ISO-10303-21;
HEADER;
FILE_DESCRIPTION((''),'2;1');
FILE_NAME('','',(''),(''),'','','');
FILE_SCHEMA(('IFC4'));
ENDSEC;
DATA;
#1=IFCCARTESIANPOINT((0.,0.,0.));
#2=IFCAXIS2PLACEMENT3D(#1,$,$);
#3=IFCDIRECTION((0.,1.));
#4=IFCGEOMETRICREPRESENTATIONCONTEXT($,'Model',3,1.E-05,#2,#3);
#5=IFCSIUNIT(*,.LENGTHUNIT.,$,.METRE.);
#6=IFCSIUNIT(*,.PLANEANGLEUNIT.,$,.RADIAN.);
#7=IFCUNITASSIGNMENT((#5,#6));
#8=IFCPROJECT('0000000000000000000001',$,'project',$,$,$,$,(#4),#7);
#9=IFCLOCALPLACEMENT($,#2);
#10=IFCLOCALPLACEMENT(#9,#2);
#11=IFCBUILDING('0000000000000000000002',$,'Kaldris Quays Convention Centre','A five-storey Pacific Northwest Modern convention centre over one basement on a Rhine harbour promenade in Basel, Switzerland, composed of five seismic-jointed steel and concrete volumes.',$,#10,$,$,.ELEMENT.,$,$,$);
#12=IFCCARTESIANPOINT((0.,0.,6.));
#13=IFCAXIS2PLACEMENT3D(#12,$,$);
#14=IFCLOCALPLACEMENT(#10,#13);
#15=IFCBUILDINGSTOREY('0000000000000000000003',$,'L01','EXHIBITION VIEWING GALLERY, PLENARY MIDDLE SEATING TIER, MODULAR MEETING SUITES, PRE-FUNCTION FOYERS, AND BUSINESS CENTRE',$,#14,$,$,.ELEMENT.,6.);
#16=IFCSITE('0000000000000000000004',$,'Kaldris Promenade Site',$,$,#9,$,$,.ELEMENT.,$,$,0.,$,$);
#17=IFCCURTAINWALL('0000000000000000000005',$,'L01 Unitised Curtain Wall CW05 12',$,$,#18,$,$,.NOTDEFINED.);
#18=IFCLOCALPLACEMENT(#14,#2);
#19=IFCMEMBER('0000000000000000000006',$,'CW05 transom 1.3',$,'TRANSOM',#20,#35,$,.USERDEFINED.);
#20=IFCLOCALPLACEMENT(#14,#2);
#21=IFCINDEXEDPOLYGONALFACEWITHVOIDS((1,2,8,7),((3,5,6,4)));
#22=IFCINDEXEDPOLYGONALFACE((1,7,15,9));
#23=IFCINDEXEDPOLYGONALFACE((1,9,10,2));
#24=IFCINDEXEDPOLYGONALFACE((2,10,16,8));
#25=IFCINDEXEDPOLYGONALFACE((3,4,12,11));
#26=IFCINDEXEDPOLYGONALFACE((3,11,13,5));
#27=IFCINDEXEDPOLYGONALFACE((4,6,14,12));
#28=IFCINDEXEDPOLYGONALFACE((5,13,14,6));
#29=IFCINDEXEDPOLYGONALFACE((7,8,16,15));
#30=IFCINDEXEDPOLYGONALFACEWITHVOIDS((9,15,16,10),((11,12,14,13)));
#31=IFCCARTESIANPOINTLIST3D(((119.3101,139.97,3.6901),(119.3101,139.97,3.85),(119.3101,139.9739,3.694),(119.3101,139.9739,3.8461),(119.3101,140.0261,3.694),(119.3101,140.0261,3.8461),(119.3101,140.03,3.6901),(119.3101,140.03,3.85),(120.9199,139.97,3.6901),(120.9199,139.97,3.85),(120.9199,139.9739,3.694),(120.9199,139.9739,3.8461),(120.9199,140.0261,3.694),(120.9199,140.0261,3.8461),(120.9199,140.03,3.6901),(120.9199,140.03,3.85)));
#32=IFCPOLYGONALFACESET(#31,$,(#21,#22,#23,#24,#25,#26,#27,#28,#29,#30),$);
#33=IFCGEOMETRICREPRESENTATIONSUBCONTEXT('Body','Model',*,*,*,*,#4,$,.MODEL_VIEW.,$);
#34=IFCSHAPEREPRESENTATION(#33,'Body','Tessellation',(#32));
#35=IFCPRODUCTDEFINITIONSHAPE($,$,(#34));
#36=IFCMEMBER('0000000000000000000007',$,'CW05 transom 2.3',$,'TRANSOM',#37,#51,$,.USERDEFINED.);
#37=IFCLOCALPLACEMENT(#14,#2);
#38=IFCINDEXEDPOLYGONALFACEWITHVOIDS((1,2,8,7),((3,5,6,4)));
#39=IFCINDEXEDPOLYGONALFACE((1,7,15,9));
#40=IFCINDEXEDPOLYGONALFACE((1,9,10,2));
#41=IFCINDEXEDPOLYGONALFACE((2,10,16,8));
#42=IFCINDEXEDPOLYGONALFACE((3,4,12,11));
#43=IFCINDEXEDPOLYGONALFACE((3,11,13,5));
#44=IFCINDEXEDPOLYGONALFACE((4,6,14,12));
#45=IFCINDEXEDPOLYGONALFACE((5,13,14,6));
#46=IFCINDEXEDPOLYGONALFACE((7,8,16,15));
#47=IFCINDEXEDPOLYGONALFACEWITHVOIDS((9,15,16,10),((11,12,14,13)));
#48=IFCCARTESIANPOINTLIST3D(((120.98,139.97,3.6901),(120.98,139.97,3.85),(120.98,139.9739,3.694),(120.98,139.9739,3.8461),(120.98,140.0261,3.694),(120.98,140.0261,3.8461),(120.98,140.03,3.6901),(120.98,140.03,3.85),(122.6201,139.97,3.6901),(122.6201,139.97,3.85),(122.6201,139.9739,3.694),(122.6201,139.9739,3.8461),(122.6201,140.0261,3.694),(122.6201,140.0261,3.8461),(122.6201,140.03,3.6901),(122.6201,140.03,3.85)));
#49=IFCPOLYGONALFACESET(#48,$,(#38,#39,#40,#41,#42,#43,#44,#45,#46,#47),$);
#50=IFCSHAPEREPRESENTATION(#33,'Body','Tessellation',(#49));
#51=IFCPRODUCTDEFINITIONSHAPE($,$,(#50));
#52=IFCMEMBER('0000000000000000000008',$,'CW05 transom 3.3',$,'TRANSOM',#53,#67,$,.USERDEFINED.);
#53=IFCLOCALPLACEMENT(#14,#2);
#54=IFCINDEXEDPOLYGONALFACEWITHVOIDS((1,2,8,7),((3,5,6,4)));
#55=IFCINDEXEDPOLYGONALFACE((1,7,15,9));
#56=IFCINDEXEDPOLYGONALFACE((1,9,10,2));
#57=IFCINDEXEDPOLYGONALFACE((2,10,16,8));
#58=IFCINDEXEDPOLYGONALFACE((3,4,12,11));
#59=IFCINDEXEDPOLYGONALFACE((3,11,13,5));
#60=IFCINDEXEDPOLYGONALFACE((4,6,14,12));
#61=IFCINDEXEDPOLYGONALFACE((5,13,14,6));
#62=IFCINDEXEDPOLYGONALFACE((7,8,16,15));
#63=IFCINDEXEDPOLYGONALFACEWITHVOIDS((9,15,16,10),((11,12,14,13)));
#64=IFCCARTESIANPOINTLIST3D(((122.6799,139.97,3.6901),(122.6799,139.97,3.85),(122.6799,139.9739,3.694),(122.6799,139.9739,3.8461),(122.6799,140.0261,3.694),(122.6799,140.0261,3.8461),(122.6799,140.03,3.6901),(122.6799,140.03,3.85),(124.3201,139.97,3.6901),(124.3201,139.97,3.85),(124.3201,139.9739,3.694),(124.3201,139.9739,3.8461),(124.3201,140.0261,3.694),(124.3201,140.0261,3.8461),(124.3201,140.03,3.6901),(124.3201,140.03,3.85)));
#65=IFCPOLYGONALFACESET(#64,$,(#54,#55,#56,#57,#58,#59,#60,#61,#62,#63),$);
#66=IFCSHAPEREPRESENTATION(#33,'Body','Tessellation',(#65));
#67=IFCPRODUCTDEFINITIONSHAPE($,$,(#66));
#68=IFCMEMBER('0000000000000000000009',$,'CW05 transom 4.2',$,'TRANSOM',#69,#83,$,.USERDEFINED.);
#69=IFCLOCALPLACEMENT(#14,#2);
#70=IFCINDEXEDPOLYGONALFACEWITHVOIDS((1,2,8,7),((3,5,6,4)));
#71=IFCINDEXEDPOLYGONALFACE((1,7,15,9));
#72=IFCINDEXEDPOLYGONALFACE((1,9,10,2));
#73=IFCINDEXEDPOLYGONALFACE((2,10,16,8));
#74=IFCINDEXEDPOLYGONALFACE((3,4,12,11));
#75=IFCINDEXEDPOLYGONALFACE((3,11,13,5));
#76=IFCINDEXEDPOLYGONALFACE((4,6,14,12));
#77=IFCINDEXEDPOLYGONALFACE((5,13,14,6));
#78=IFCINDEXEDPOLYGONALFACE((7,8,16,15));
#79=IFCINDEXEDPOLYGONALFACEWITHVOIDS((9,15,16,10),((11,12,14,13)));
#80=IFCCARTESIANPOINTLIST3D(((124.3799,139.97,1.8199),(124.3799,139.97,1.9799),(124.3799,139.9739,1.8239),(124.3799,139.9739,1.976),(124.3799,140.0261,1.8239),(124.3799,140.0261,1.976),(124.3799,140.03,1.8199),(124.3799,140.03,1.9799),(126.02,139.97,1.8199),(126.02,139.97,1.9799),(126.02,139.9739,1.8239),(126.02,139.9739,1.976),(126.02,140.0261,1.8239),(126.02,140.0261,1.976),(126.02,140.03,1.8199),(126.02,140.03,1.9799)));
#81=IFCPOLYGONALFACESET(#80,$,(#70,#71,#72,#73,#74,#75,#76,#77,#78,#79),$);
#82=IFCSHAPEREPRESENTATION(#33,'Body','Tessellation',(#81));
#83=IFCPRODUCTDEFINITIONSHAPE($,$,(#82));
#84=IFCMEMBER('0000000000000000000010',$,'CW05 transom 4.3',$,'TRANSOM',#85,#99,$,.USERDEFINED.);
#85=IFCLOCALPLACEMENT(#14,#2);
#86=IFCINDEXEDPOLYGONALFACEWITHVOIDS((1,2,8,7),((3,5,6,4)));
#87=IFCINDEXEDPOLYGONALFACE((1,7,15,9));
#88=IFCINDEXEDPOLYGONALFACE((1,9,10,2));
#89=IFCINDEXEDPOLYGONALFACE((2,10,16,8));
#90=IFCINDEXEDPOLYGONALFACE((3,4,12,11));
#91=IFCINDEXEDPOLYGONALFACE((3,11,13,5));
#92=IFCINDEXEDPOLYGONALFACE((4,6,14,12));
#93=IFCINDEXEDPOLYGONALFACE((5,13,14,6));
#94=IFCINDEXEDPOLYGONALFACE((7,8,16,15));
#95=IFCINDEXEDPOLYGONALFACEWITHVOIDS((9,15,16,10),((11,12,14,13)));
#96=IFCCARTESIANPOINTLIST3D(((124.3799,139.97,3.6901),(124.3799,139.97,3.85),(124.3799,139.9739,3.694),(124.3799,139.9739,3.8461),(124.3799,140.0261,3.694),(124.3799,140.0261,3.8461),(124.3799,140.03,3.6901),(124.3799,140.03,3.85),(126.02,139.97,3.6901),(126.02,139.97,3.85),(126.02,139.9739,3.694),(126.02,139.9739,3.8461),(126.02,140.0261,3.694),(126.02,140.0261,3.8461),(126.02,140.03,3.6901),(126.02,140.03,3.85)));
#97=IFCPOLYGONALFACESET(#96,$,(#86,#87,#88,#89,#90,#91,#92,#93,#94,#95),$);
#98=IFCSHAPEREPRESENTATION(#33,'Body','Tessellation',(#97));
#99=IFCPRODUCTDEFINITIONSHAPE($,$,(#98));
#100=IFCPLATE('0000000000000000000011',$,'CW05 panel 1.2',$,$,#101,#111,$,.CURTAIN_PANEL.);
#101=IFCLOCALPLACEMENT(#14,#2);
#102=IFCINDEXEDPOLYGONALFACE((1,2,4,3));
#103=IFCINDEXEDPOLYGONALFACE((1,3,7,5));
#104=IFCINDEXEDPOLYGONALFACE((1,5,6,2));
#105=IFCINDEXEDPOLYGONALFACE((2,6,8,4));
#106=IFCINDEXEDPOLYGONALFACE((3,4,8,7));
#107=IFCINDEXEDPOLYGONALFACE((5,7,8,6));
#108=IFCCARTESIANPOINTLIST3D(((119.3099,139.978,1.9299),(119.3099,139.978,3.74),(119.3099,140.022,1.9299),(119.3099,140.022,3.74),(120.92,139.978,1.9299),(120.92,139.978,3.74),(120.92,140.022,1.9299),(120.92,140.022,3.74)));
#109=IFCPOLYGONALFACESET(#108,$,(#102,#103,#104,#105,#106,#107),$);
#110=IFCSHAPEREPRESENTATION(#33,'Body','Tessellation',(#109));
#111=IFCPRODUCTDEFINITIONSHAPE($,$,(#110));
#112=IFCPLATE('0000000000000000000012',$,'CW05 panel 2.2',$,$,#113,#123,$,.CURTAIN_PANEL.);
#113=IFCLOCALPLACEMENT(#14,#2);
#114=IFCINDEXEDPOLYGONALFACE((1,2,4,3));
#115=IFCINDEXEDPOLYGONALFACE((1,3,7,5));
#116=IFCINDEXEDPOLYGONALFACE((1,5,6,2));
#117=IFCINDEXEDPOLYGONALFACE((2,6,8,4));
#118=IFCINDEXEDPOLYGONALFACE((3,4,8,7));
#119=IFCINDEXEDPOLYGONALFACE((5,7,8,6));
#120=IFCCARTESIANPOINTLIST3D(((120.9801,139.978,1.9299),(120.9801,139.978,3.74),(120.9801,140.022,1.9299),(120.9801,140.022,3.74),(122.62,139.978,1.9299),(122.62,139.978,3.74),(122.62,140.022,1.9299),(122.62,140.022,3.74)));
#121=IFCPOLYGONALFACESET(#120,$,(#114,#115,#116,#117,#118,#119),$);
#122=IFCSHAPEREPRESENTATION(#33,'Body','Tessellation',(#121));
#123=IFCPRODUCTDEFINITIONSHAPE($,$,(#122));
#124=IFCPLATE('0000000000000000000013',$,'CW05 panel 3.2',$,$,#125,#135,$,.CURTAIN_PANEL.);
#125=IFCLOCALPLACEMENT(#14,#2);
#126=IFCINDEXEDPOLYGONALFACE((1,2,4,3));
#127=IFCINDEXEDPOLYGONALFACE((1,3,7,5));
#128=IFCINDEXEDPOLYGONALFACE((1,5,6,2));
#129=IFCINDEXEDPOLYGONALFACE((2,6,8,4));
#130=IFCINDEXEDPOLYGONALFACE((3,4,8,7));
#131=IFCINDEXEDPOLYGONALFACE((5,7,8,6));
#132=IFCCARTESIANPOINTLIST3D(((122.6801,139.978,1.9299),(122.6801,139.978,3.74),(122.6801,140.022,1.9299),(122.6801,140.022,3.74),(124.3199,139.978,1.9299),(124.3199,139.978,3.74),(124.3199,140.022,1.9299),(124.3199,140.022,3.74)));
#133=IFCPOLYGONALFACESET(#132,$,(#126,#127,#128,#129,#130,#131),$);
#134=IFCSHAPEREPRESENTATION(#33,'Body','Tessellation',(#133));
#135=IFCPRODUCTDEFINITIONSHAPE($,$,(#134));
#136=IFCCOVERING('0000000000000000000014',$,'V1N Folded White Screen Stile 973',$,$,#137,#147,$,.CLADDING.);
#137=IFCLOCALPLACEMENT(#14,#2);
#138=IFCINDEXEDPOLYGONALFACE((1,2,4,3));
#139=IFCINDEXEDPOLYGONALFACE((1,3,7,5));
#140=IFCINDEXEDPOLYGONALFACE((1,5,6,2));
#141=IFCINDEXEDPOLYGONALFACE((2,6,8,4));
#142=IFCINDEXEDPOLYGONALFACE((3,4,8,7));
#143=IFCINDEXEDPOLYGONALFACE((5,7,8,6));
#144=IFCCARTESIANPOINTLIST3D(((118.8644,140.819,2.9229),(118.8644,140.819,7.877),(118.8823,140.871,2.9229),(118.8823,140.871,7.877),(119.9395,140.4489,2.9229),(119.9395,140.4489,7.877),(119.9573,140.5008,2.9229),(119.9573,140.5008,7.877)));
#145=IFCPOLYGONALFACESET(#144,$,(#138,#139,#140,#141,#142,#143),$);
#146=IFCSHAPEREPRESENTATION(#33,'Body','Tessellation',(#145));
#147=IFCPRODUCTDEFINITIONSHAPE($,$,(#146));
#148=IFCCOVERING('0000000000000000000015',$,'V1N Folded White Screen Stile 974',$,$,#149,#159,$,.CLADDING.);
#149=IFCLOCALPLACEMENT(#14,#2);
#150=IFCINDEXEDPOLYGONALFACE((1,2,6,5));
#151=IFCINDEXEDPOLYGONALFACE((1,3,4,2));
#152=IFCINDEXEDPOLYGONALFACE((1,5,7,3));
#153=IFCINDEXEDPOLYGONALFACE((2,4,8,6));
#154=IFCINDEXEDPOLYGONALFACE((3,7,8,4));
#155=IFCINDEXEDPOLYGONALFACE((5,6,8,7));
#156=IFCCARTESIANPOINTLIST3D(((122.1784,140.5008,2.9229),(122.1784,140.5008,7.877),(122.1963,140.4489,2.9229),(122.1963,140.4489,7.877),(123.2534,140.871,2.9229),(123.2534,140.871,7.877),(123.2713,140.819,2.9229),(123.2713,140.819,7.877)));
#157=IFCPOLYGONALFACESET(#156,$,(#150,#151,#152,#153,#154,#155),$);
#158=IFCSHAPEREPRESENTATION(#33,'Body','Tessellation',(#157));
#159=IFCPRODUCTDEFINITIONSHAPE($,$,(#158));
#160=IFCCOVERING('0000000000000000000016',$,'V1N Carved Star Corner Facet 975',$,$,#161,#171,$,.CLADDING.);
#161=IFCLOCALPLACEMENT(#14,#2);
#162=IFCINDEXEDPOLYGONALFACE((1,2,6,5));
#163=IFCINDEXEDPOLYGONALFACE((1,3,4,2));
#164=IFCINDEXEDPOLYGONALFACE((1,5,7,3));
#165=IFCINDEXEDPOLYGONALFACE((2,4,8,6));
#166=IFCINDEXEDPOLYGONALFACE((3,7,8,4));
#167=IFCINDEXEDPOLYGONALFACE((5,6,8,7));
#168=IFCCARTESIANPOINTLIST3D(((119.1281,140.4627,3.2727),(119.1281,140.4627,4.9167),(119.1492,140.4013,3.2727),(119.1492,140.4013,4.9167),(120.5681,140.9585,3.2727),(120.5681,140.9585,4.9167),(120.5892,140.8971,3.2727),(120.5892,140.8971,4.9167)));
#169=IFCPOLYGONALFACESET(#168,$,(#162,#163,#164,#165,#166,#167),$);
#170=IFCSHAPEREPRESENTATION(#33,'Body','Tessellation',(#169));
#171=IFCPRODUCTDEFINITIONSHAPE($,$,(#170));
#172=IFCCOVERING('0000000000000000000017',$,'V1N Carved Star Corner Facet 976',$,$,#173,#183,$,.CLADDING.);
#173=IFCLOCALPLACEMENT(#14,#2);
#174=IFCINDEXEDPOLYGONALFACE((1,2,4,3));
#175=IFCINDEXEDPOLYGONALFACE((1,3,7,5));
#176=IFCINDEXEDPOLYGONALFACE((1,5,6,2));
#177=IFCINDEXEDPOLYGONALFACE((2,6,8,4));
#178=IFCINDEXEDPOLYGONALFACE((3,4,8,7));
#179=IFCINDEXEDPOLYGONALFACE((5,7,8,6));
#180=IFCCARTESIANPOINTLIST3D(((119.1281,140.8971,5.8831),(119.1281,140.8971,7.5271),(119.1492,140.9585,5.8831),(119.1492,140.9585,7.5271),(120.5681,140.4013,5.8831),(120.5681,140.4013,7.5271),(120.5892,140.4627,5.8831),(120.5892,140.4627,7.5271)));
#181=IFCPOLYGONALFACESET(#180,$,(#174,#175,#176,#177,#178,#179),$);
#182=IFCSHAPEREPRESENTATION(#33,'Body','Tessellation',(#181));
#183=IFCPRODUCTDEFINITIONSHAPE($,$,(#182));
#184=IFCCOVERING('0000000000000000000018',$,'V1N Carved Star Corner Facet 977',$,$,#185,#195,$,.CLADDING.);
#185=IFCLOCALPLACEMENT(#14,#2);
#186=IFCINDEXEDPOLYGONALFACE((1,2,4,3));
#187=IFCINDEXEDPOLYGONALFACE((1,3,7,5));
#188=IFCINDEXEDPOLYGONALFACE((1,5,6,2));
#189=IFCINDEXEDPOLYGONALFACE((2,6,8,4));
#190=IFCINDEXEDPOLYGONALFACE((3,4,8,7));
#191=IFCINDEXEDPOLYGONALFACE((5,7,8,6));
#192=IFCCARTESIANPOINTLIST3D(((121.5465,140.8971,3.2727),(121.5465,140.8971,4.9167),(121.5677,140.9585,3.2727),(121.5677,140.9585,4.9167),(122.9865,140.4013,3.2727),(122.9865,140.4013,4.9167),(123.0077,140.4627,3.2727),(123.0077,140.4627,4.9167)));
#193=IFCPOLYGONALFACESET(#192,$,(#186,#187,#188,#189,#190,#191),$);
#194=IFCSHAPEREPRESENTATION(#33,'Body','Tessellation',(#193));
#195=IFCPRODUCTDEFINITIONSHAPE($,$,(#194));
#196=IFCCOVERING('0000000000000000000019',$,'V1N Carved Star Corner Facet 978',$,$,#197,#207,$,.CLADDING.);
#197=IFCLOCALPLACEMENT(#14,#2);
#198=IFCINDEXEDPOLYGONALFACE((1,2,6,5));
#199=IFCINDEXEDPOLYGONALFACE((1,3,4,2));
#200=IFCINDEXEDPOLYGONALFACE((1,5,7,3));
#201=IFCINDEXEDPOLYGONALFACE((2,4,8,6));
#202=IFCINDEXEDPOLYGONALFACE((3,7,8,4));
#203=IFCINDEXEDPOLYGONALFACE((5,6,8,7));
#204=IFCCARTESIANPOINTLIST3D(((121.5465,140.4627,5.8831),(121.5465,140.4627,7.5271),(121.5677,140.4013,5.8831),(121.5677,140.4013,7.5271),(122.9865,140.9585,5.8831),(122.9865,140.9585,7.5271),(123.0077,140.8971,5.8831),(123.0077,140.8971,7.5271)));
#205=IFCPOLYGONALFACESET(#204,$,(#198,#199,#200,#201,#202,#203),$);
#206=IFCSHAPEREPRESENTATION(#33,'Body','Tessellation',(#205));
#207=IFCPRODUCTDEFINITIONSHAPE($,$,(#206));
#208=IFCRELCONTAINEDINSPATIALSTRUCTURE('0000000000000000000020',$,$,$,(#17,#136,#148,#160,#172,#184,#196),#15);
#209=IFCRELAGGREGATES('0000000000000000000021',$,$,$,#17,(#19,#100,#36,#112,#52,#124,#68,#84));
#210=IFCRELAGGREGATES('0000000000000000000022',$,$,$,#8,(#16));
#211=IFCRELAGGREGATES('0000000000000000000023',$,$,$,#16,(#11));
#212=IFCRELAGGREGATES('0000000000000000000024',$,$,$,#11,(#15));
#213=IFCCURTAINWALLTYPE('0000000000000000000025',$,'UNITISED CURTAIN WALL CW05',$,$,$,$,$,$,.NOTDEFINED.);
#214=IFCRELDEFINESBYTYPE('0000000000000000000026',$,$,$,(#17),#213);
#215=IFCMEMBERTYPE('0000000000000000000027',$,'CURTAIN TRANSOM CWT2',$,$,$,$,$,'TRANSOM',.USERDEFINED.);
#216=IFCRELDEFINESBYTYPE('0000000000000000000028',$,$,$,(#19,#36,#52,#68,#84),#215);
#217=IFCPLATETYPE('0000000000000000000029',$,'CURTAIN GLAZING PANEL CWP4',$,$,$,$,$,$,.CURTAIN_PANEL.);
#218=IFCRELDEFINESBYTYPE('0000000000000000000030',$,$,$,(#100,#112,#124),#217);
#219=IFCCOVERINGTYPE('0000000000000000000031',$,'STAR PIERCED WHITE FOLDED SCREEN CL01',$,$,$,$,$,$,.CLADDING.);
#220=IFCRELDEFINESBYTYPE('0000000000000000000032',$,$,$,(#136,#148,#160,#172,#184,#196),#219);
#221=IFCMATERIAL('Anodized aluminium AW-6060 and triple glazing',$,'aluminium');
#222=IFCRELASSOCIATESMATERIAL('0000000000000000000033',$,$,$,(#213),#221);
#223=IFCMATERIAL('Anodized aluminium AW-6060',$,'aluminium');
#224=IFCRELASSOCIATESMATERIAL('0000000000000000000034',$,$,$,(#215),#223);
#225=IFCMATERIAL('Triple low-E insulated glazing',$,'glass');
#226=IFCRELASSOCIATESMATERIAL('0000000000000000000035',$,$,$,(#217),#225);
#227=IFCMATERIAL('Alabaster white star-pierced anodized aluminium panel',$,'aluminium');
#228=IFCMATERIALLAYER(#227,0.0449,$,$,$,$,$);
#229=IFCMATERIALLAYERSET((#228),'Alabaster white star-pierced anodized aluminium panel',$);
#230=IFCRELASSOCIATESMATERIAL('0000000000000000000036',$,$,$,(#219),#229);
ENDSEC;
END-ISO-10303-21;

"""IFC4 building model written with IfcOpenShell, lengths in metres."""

from ifc_helpers import new_model, si_unit, direction, frame, origin, origin_2d, place, context, subcontext, project, spatial, rectangle, hollow_rectangle, extrude, material, layer, layer_set, material_profile, profile_set, type_object, element, aggregate, save


model = new_model("IFC4")

# Units and contexts
model_context = context("Model", 3, precision=1e-05, world=origin(), true_north=direction((0.0, 1.0)))
body_context = subcontext(model_context, "Body", "Model", "MODEL_VIEW")
ifc_project = project(units=[si_unit("LENGTHUNIT", "METRE"), si_unit("PLANEANGLEUNIT", "RADIAN")], contexts=[model_context])

# Site, building, storey
site_placement = place(None, origin())
site = spatial("IfcSite", under=ifc_project, at=site_placement, Name="Kaldris Promenade Site", CompositionType="ELEMENT", RefElevation=0.0)
building_placement = place(site_placement, origin())
building = spatial("IfcBuilding", under=site, at=building_placement, Name="Kaldris Quays Convention Centre", Description="A five-storey Pacific Northwest Modern convention centre over one basement on a Rhine harbour promenade in Basel, Switzerland, composed of five seismic-jointed steel and concrete volumes.", CompositionType="ELEMENT")
storey_placement = place(building_placement, frame((0.0, 0.0, 6.0)))
storey = spatial("IfcBuildingStorey", under=building, at=storey_placement, Name="L01", Description="EXHIBITION VIEWING GALLERY, PLENARY MIDDLE SEATING TIER, MODULAR MEETING SUITES, PRE-FUNCTION FOYERS, AND BUSINESS CENTRE", CompositionType="ELEMENT", Elevation=6.0)

# Curtain wall, members, plates
ifc_material_1 = material(Name="Anodized aluminium AW-6060 and triple glazing", Category="aluminium")
curtain_wall_type = type_object("IfcCurtainWallType", Name="UNITISED CURTAIN WALL CW05", PredefinedType="NOTDEFINED", material=ifc_material_1)
curtain_wall_placement = place(storey_placement, origin())
curtain_wall = element("IfcCurtainWall", 1, at=curtain_wall_placement, inside=storey, type_object=curtain_wall_type, Name="L01 Unitised Curtain Wall CW05 12", PredefinedType="NOTDEFINED")
ifc_material_2 = material(Name="Anodized aluminium AW-6060", Category="aluminium")
ifc_material_profile = material_profile(ifc_material_2, hollow_rectangle(XDim=0.0601, YDim=0.1599, WallThickness=0.0039, at=origin_2d()), Name="RHS 160x60x4")
ifc_profile_set = profile_set([ifc_material_profile], Name="Anodized aluminium AW-6060")
member_type = type_object("IfcMemberType", Name="CURTAIN TRANSOM CWT2", ElementType="TRANSOM", PredefinedType="USERDEFINED", material=ifc_profile_set)
member_1_placement = place(storey_placement, frame((119.3101, 140.0, 3.77), z_axis=(1.0, 0.0, 0.0), x_axis=(0.0, 1.0, 0.0)))
member_1 = element("IfcMember", 2, at=member_1_placement, type_object=member_type, Name="CW05 transom 1.3", ObjectType="TRANSOM", PredefinedType="USERDEFINED", context=body_context, shape_type="SweptSolid", body=[
    extrude(hollow_rectangle(XDim=0.0601, YDim=0.1599, WallThickness=0.0039, at=origin_2d()), origin(), (0.0, 0.0, 1.0), 1.6099),
])
member_2_placement = place(storey_placement, frame((120.98, 140.0, 3.77), z_axis=(1.0, 0.0, 0.0), x_axis=(0.0, 1.0, 0.0)))
member_2 = element("IfcMember", 3, at=member_2_placement, type_object=member_type, Name="CW05 transom 2.3", ObjectType="TRANSOM", PredefinedType="USERDEFINED", context=body_context, shape_type="SweptSolid", body=[
    extrude(hollow_rectangle(XDim=0.0601, YDim=0.1599, WallThickness=0.0039, at=origin_2d()), origin(), (0.0, 0.0, 1.0), 1.6401),
])
member_3_placement = place(storey_placement, frame((122.6799, 140.0, 3.77), z_axis=(1.0, 0.0, 0.0), x_axis=(0.0, 1.0, 0.0)))
member_3 = element("IfcMember", 4, at=member_3_placement, type_object=member_type, Name="CW05 transom 3.3", ObjectType="TRANSOM", PredefinedType="USERDEFINED", context=body_context, shape_type="SweptSolid", body=[
    extrude(hollow_rectangle(XDim=0.0601, YDim=0.1599, WallThickness=0.0039, at=origin_2d()), origin(), (0.0, 0.0, 1.0), 1.6401),
])
member_4_placement = place(storey_placement, frame((124.3799, 140.0, 1.8999), z_axis=(1.0, 0.0, 0.0), x_axis=(0.0, 1.0, 0.0)))
member_4 = element("IfcMember", 5, at=member_4_placement, type_object=member_type, Name="CW05 transom 4.2", ObjectType="TRANSOM", PredefinedType="USERDEFINED", context=body_context, shape_type="SweptSolid", body=[
    extrude(hollow_rectangle(XDim=0.0601, YDim=0.1599, WallThickness=0.0039, at=origin_2d()), origin(), (0.0, 0.0, 1.0), 1.6401),
])
member_5_placement = place(storey_placement, frame((124.3799, 140.0, 3.77), z_axis=(1.0, 0.0, 0.0), x_axis=(0.0, 1.0, 0.0)))
member_5 = element("IfcMember", 6, at=member_5_placement, type_object=member_type, Name="CW05 transom 4.3", ObjectType="TRANSOM", PredefinedType="USERDEFINED", context=body_context, shape_type="SweptSolid", body=[
    extrude(hollow_rectangle(XDim=0.0601, YDim=0.1599, WallThickness=0.0039, at=origin_2d()), origin(), (0.0, 0.0, 1.0), 1.6401),
])
ifc_material_3 = material(Name="Triple low-E insulated glazing", Category="glass")
plate_type = type_object("IfcPlateType", Name="CURTAIN GLAZING PANEL CWP4", PredefinedType="CURTAIN_PANEL", material=ifc_material_3)
plate_1_placement = place(storey_placement, frame((120.115, 140.0, 1.9299), z_axis=(0.0, 0.0, 1.0), x_axis=(1.0, 0.0, 0.0)))
plate_1 = element("IfcPlate", 7, at=plate_1_placement, type_object=plate_type, Name="CW05 panel 1.2", PredefinedType="CURTAIN_PANEL", context=body_context, shape_type="SweptSolid", body=[
    extrude(rectangle(XDim=1.6101, YDim=0.0439, at=origin_2d()), origin(), (0.0, 0.0, 1.0), 1.8101),
])
plate_2_placement = place(storey_placement, frame((121.8, 140.0, 1.9299), z_axis=(0.0, 0.0, 1.0), x_axis=(1.0, 0.0, 0.0)))
plate_2 = element("IfcPlate", 8, at=plate_2_placement, type_object=plate_type, Name="CW05 panel 2.2", PredefinedType="CURTAIN_PANEL", context=body_context, shape_type="SweptSolid", body=[
    extrude(rectangle(XDim=1.6399, YDim=0.0439, at=origin_2d()), origin(), (0.0, 0.0, 1.0), 1.8101),
])
plate_3_placement = place(storey_placement, frame((123.5, 140.0, 1.9299), z_axis=(0.0, 0.0, 1.0), x_axis=(1.0, 0.0, 0.0)))
plate_3 = element("IfcPlate", 9, at=plate_3_placement, type_object=plate_type, Name="CW05 panel 3.2", PredefinedType="CURTAIN_PANEL", context=body_context, shape_type="SweptSolid", body=[
    extrude(rectangle(XDim=1.6399, YDim=0.0439, at=origin_2d()), origin(), (0.0, 0.0, 1.0), 1.8101),
])
aggregate(curtain_wall, [member_1, plate_1, member_2, plate_2, member_3, plate_3, member_4, member_5])

# Coverings
ifc_material_4 = material(Name="Alabaster white star-pierced anodized aluminium panel", Category="aluminium")
ifc_layer = layer(ifc_material_4, 0.0449)
ifc_layer_set = layer_set([ifc_layer], Name="Alabaster white star-pierced anodized aluminium panel")
covering_type = type_object("IfcCoveringType", Name="STAR PIERCED WHITE FOLDED SCREEN CL01", PredefinedType="CLADDING", material=ifc_layer_set)
for number, where, z_axis, x_axis, name in (
    (10, (119.4109, 140.6599, 2.9229), (0.0, 0.0, 1.0), (0.945519, -0.325568, 0.0), "V1N Folded White Screen Stile 973"),
    (11, (122.7249, 140.6599, 2.9229), (0.0, 0.0, 1.0), (0.945519, 0.325568, 0.0), "V1N Folded White Screen Stile 974"),
):
    element("IfcCovering", number, at=place(storey_placement, frame(where, z_axis=z_axis, x_axis=x_axis)), inside=storey, type_object=covering_type, Name=name, PredefinedType="CLADDING", context=body_context, shape_type="SweptSolid", body=[
        extrude(rectangle(XDim=1.137, YDim=0.0549, at=origin_2d()), origin(), (0.0, 0.0, 1.0), 4.9541),
    ])
for number, where, z_axis, x_axis, name in (
    (12, (119.8586, 140.6799, 3.2727), (0.0, 0.0, 1.0), (0.945519, 0.325568, 0.0), "V1N Carved Star Corner Facet 975"),
    (13, (119.8586, 140.6799, 5.8831), (0.0, 0.0, 1.0), (0.945519, -0.325568, 0.0), "V1N Carved Star Corner Facet 976"),
    (14, (122.2771, 140.6799, 3.2727), (0.0, 0.0, 1.0), (0.945519, -0.325568, 0.0), "V1N Carved Star Corner Facet 977"),
    (15, (122.2771, 140.6799, 5.8831), (0.0, 0.0, 1.0), (0.945519, 0.325568, 0.0), "V1N Carved Star Corner Facet 978"),
):
    element("IfcCovering", number, at=place(storey_placement, frame(where, z_axis=z_axis, x_axis=x_axis)), inside=storey, type_object=covering_type, Name=name, PredefinedType="CLADDING", context=body_context, shape_type="SweptSolid", body=[
        extrude(rectangle(XDim=1.5229, YDim=0.0649, at=origin_2d()), origin(), (0.0, 0.0, 1.0), 1.644),
    ])

save(model, "model.ifc")
